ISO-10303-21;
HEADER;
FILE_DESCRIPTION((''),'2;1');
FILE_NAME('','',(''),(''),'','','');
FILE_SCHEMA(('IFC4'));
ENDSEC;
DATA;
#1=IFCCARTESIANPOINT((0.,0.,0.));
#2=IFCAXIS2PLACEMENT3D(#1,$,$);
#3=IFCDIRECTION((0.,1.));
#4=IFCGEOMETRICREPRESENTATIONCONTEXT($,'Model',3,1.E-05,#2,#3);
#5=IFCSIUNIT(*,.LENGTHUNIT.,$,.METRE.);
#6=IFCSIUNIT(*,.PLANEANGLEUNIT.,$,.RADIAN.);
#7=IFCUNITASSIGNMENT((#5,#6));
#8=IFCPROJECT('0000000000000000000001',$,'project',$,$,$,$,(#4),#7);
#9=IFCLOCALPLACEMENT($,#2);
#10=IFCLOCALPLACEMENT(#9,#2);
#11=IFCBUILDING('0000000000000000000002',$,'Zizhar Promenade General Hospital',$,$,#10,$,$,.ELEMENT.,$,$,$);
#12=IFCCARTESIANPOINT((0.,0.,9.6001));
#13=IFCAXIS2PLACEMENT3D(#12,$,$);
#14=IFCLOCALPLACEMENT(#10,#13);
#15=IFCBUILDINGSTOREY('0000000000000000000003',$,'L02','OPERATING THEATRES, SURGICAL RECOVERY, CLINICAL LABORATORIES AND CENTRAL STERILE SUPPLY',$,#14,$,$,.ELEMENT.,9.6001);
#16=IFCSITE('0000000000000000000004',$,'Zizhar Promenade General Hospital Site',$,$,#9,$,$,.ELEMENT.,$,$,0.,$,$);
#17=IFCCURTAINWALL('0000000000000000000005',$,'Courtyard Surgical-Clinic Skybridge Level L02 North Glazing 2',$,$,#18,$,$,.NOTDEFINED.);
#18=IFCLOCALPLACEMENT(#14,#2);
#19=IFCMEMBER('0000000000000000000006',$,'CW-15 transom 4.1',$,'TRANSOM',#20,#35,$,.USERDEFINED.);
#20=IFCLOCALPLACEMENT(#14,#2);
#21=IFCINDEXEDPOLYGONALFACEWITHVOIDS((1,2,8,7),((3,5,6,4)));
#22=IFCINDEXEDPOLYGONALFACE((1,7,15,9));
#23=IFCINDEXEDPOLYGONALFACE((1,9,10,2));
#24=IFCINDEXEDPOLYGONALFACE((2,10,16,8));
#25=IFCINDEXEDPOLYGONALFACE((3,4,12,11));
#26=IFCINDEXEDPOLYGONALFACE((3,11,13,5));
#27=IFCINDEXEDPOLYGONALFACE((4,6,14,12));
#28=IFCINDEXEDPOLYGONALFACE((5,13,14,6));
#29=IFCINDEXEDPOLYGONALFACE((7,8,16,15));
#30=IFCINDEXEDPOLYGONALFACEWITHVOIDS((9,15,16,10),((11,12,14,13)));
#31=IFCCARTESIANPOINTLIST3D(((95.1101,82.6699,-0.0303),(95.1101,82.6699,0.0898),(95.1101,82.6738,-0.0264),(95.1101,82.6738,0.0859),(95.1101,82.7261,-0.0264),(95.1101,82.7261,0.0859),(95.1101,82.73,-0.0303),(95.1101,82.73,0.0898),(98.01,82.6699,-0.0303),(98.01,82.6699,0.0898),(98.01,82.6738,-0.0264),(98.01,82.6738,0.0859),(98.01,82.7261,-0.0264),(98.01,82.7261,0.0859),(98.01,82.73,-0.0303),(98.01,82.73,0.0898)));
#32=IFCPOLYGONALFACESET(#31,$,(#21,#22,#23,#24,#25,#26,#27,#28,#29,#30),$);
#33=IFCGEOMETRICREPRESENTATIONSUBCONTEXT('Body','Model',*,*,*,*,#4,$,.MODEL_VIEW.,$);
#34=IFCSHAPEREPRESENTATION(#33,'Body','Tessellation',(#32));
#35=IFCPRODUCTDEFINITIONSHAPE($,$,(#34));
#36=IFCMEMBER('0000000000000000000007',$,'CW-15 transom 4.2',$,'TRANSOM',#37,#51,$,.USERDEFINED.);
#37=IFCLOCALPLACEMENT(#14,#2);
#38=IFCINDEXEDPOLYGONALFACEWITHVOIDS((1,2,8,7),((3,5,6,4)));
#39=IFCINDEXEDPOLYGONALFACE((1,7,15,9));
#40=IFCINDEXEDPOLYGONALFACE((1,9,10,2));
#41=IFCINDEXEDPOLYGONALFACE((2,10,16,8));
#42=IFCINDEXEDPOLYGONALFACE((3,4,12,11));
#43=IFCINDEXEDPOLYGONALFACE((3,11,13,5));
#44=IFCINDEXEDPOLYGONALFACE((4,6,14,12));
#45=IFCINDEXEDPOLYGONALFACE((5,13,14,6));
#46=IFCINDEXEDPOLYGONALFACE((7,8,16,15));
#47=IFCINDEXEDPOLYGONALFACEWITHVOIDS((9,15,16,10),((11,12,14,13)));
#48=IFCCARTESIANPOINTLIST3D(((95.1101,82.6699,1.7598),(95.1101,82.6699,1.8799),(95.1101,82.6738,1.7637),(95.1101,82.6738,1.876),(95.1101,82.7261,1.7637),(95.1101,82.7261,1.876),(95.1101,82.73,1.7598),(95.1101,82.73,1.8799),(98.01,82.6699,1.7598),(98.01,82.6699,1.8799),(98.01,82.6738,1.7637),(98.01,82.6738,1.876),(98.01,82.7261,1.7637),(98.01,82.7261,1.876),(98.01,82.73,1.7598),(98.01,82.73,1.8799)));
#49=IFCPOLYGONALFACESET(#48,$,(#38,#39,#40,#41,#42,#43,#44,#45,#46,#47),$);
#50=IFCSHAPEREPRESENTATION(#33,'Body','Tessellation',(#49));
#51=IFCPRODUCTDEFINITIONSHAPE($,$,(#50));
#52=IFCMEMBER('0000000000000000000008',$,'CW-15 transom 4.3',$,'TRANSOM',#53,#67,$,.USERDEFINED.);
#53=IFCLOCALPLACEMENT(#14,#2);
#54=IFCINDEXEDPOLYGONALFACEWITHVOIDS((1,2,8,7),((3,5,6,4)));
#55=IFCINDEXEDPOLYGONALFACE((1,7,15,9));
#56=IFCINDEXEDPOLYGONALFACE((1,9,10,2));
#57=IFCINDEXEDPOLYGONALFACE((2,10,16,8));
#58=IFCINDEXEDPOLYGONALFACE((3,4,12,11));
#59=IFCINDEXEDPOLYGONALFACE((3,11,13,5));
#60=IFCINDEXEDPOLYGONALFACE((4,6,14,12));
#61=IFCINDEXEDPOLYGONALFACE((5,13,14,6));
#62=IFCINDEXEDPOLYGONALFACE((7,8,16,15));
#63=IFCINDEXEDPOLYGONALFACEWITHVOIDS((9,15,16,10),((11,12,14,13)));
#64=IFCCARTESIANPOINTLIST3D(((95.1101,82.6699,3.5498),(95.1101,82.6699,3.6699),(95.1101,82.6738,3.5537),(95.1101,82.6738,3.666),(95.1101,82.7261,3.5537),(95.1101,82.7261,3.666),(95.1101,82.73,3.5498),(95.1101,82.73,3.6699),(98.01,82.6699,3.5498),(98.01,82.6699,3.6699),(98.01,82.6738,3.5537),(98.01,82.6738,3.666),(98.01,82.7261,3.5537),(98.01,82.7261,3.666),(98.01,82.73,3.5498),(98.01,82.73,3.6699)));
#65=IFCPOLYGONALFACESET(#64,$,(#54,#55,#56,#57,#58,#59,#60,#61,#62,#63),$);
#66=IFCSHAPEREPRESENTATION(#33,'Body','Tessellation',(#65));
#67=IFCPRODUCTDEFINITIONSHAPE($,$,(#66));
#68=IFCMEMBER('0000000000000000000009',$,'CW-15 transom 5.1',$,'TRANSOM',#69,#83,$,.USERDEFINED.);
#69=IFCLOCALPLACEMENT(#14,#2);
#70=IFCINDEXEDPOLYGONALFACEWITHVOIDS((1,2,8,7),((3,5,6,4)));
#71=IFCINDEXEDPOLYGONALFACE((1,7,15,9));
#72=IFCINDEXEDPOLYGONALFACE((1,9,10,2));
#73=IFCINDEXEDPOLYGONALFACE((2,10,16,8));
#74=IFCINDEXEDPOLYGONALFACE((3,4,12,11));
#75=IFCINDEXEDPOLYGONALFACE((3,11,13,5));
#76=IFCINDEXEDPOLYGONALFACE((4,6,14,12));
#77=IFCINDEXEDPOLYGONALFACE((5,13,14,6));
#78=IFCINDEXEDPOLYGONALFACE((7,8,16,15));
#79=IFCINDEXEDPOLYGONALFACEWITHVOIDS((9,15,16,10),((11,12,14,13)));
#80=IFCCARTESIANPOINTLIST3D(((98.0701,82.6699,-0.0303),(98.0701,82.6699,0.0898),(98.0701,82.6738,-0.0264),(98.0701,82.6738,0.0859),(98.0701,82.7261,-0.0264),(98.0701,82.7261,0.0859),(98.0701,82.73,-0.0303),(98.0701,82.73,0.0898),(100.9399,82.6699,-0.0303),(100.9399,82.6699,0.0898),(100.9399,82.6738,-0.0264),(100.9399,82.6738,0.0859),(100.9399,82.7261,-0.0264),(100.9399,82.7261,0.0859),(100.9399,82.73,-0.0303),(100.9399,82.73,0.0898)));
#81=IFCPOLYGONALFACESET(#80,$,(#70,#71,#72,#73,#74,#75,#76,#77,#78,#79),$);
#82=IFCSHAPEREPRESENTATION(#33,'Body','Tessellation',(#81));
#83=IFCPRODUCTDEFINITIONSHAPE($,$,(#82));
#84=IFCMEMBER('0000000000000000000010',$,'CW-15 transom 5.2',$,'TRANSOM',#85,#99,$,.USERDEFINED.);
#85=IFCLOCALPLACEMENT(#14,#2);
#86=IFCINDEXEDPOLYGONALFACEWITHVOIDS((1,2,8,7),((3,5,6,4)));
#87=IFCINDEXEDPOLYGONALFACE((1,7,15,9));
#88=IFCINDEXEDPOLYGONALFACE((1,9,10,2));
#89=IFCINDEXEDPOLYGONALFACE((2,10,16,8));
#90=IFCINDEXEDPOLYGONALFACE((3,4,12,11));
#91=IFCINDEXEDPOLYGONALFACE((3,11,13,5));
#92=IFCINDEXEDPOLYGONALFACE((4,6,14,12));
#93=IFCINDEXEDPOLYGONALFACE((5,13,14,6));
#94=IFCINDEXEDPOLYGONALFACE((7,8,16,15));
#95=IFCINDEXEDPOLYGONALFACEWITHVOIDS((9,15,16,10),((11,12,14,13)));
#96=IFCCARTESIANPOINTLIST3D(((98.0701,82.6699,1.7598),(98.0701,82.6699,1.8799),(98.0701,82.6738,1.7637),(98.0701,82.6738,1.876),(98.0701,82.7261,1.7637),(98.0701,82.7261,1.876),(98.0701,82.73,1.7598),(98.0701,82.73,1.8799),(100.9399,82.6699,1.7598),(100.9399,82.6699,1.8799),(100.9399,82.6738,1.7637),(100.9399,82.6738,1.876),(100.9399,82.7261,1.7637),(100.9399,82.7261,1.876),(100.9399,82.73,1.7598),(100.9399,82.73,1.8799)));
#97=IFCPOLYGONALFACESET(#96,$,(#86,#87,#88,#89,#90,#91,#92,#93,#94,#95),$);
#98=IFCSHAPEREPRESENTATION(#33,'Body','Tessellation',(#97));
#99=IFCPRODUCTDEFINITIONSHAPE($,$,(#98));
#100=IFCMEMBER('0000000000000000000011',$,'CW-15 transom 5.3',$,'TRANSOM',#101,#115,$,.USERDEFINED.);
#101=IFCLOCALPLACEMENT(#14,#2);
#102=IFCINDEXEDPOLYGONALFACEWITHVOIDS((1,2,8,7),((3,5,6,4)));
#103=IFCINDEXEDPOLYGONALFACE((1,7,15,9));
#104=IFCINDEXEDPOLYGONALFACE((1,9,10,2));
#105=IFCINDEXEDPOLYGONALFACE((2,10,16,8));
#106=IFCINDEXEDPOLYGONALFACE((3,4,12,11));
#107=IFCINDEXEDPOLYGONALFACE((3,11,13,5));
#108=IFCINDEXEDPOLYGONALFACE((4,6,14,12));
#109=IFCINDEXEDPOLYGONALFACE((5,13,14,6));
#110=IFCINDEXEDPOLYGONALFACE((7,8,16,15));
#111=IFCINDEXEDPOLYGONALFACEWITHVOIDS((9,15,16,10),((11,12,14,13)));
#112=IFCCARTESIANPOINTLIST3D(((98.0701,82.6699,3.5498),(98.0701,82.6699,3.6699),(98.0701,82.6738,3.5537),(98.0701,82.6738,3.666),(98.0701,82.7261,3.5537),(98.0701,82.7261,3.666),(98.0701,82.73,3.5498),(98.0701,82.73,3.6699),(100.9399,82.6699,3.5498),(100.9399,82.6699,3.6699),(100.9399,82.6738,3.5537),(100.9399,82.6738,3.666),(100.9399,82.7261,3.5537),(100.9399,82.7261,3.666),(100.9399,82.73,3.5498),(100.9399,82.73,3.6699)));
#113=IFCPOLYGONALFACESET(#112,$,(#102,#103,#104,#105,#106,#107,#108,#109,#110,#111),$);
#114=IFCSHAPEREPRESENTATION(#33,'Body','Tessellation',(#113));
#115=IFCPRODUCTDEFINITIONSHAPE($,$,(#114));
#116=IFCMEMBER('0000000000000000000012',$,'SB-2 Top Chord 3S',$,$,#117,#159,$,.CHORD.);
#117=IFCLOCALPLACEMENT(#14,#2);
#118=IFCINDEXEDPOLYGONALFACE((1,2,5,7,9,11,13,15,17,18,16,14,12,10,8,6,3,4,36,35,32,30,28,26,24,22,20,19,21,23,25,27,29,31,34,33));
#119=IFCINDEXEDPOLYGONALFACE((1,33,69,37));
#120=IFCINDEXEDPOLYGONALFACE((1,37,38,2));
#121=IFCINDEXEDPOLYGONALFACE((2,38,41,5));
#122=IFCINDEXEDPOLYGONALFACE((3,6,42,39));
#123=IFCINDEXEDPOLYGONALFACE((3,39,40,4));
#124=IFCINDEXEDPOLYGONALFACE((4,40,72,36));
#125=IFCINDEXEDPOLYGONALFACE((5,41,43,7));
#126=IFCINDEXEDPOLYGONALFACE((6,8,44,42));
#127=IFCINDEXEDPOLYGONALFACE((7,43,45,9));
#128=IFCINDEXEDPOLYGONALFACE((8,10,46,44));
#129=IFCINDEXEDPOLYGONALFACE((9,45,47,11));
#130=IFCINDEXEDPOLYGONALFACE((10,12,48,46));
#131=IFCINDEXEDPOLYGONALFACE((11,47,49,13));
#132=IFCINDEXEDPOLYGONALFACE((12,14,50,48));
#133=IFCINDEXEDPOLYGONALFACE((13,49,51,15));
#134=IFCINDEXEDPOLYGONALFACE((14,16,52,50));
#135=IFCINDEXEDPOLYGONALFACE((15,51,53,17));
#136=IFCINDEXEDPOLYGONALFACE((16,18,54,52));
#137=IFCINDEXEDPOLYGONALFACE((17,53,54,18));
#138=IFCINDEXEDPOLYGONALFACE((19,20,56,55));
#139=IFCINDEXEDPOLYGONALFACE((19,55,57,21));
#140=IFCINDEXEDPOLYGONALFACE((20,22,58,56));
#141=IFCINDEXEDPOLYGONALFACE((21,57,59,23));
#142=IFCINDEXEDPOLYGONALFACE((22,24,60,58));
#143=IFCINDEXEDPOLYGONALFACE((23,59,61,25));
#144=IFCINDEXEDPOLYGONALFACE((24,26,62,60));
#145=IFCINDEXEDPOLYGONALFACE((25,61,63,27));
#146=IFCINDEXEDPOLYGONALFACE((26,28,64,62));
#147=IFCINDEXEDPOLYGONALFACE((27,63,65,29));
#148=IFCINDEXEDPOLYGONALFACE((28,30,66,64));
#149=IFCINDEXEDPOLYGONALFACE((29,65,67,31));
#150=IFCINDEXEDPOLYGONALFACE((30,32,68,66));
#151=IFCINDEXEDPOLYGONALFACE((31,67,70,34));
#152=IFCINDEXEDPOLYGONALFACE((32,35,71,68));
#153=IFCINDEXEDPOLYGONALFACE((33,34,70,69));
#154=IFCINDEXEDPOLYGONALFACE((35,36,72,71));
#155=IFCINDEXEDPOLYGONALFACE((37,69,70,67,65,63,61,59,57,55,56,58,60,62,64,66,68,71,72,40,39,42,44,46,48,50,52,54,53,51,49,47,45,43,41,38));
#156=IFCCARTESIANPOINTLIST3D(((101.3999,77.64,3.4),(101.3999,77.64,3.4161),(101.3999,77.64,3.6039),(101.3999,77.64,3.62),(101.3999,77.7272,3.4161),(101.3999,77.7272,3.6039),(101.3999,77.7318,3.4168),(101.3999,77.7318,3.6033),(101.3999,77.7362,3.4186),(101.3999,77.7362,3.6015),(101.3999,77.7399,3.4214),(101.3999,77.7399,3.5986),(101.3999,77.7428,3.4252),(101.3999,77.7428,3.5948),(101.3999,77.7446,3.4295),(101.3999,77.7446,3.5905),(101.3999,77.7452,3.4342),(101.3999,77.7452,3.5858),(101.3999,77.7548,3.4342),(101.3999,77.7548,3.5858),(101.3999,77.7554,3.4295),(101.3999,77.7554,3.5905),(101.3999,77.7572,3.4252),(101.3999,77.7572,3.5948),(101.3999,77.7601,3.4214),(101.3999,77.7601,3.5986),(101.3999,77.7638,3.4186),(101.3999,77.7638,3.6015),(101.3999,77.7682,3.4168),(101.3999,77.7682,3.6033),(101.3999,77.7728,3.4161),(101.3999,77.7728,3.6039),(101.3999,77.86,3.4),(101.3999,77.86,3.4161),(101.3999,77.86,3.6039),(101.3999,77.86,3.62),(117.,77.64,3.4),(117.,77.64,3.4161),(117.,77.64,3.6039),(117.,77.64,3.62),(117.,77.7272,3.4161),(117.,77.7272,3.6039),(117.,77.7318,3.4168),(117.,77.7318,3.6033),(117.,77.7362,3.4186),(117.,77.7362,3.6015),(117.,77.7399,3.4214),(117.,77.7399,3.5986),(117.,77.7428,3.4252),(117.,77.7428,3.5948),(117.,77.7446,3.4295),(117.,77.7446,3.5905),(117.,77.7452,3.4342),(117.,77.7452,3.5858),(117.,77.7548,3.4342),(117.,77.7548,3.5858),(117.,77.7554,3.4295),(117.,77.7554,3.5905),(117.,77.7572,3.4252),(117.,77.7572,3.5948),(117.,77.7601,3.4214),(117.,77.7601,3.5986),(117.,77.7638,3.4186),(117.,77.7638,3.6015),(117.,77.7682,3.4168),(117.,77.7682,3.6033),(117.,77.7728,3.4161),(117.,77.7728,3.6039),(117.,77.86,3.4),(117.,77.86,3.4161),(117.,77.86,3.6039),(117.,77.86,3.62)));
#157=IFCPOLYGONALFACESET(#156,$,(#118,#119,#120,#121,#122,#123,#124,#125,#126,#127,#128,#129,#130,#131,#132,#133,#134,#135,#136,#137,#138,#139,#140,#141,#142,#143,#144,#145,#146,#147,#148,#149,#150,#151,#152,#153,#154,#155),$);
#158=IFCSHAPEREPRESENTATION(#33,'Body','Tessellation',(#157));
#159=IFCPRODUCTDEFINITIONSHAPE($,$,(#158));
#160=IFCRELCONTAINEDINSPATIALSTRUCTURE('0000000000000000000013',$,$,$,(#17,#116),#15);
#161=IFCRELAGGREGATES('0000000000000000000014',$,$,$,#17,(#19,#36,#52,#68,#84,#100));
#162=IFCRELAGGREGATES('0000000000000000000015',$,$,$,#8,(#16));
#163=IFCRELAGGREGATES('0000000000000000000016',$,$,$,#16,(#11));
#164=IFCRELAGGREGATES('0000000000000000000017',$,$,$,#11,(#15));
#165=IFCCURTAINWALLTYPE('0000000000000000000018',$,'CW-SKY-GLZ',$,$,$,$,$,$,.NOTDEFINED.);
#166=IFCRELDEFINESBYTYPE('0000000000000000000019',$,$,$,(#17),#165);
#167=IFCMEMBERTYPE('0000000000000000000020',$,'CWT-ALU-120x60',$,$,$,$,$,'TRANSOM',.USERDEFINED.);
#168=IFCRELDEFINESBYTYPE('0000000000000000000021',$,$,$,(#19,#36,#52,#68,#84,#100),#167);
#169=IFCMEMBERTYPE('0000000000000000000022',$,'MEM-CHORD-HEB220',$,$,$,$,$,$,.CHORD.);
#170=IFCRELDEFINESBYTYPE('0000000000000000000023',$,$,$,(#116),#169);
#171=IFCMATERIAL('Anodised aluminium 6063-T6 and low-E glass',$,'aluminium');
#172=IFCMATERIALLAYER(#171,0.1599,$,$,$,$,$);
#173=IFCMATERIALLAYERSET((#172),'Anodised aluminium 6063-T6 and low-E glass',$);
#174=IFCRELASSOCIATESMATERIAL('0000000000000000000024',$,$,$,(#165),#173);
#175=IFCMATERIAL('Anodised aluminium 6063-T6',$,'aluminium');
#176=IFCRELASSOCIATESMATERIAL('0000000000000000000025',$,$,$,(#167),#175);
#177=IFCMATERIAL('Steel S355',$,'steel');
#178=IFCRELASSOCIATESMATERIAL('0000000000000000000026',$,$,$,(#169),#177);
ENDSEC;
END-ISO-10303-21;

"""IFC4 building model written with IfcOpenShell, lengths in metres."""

from ifc_helpers import new_model, si_unit, direction, frame, origin, origin_2d, place, context, subcontext, project, spatial, hollow_rectangle, i_section, extrude, material, layer, layer_set, material_profile, profile_set, type_object, element, aggregate, save


model = new_model("IFC4")

# Units and contexts
model_context = context("Model", 3, precision=1e-05, world=origin(), true_north=direction((0.0, 1.0)))
body_context = subcontext(model_context, "Body", "Model", "MODEL_VIEW")
ifc_project = project(units=[si_unit("LENGTHUNIT", "METRE"), si_unit("PLANEANGLEUNIT", "RADIAN")], contexts=[model_context])

# Site, building, storey
site_placement = place(None, origin())
site = spatial("IfcSite", under=ifc_project, at=site_placement, Name="Zizhar Promenade General Hospital Site", CompositionType="ELEMENT", RefElevation=0.0)
building_placement = place(site_placement, origin())
building = spatial("IfcBuilding", under=site, at=building_placement, Name="Zizhar Promenade General Hospital", CompositionType="ELEMENT")
storey_placement = place(building_placement, frame((0.0, 0.0, 9.6001)))
storey = spatial("IfcBuildingStorey", under=building, at=storey_placement, Name="L02", Description="OPERATING THEATRES, SURGICAL RECOVERY, CLINICAL LABORATORIES AND CENTRAL STERILE SUPPLY", CompositionType="ELEMENT", Elevation=9.6001)

# Curtain wall, members
ifc_material_1 = material(Name="Anodised aluminium 6063-T6 and low-E glass", Category="aluminium")
ifc_layer_1 = layer(ifc_material_1, 0.1599)
ifc_layer_set_1 = layer_set([ifc_layer_1], Name="Anodised aluminium 6063-T6 and low-E glass")
curtain_wall_type = type_object("IfcCurtainWallType", Name="CW-SKY-GLZ", PredefinedType="NOTDEFINED", material=ifc_layer_set_1)
curtain_wall_placement = place(storey_placement, origin())
curtain_wall = element("IfcCurtainWall", 1, at=curtain_wall_placement, inside=storey, type_object=curtain_wall_type, Name="Courtyard Surgical-Clinic Skybridge Level L02 North Glazing 2", PredefinedType="NOTDEFINED")
ifc_material_2 = material(Name="Anodised aluminium 6063-T6", Category="aluminium")
ifc_material_profile_1 = material_profile(ifc_material_2, hollow_rectangle(XDim=0.0601, YDim=0.1201, WallThickness=0.0039, at=origin_2d()))
ifc_profile_set_1 = profile_set([ifc_material_profile_1], Name="Anodised aluminium 6063-T6")
member_type_1 = type_object("IfcMemberType", Name="CWT-ALU-120x60", ElementType="TRANSOM", PredefinedType="USERDEFINED", material=ifc_profile_set_1)
member_1_placement = place(storey_placement, frame((95.1101, 82.7, 0.0298), z_axis=(1.0, 0.0, 0.0), x_axis=(0.0, 1.0, 0.0)))
member_1 = element("IfcMember", 2, at=member_1_placement, type_object=member_type_1, Name="CW-15 transom 4.1", ObjectType="TRANSOM", PredefinedType="USERDEFINED", context=body_context, shape_type="SweptSolid", body=[
    extrude(hollow_rectangle(XDim=0.0601, YDim=0.1201, WallThickness=0.0039, at=origin_2d()), origin(), (0.0, 0.0, 1.0), 2.8999),
])
member_2_placement = place(storey_placement, frame((95.1101, 82.7, 1.8198), z_axis=(1.0, 0.0, 0.0), x_axis=(0.0, 1.0, 0.0)))
member_2 = element("IfcMember", 3, at=member_2_placement, type_object=member_type_1, Name="CW-15 transom 4.2", ObjectType="TRANSOM", PredefinedType="USERDEFINED", context=body_context, shape_type="SweptSolid", body=[
    extrude(hollow_rectangle(XDim=0.0601, YDim=0.1201, WallThickness=0.0039, at=origin_2d()), origin(), (0.0, 0.0, 1.0), 2.8999),
])
member_3_placement = place(storey_placement, frame((95.1101, 82.7, 3.6099), z_axis=(1.0, 0.0, 0.0), x_axis=(0.0, 1.0, 0.0)))
member_3 = element("IfcMember", 4, at=member_3_placement, type_object=member_type_1, Name="CW-15 transom 4.3", ObjectType="TRANSOM", PredefinedType="USERDEFINED", context=body_context, shape_type="SweptSolid", body=[
    extrude(hollow_rectangle(XDim=0.0601, YDim=0.1201, WallThickness=0.0039, at=origin_2d()), origin(), (0.0, 0.0, 1.0), 2.8999),
])
member_4_placement = place(storey_placement, frame((98.0701, 82.7, 0.0298), z_axis=(1.0, 0.0, 0.0), x_axis=(0.0, 1.0, 0.0)))
member_4 = element("IfcMember", 5, at=member_4_placement, type_object=member_type_1, Name="CW-15 transom 5.1", ObjectType="TRANSOM", PredefinedType="USERDEFINED", context=body_context, shape_type="SweptSolid", body=[
    extrude(hollow_rectangle(XDim=0.0601, YDim=0.1201, WallThickness=0.0039, at=origin_2d()), origin(), (0.0, 0.0, 1.0), 2.8699),
])
member_5_placement = place(storey_placement, frame((98.0701, 82.7, 1.8198), z_axis=(1.0, 0.0, 0.0), x_axis=(0.0, 1.0, 0.0)))
member_5 = element("IfcMember", 6, at=member_5_placement, type_object=member_type_1, Name="CW-15 transom 5.2", ObjectType="TRANSOM", PredefinedType="USERDEFINED", context=body_context, shape_type="SweptSolid", body=[
    extrude(hollow_rectangle(XDim=0.0601, YDim=0.1201, WallThickness=0.0039, at=origin_2d()), origin(), (0.0, 0.0, 1.0), 2.8699),
])
member_6_placement = place(storey_placement, frame((98.0701, 82.7, 3.6099), z_axis=(1.0, 0.0, 0.0), x_axis=(0.0, 1.0, 0.0)))
member_6 = element("IfcMember", 7, at=member_6_placement, type_object=member_type_1, Name="CW-15 transom 5.3", ObjectType="TRANSOM", PredefinedType="USERDEFINED", context=body_context, shape_type="SweptSolid", body=[
    extrude(hollow_rectangle(XDim=0.0601, YDim=0.1201, WallThickness=0.0039, at=origin_2d()), origin(), (0.0, 0.0, 1.0), 2.8699),
])

# Member
ifc_material_3 = material(Name="Steel S355", Category="steel")
ifc_material_profile_2 = material_profile(ifc_material_3, i_section(OverallWidth=0.22, OverallDepth=0.22, WebThickness=0.0095, FlangeThickness=0.0161, FilletRadius=0.0181, at=origin_2d()))
ifc_profile_set_2 = profile_set([ifc_material_profile_2], Name="Steel S355")
member_type_2 = type_object("IfcMemberType", Name="MEM-CHORD-HEB220", PredefinedType="CHORD", material=ifc_profile_set_2)
for number, where, z_axis, x_axis, name in (
    (8, (101.3999, 77.75, 3.51), (1.0, 0.0, 0.0), (0.0, 1.0, 0.0), "SB-2 Top Chord 3S"),
):
    element("IfcMember", number, at=place(storey_placement, frame(where, z_axis=z_axis, x_axis=x_axis)), inside=storey, type_object=member_type_2, Name=name, PredefinedType="CHORD", context=body_context, shape_type="SweptSolid", body=[
        extrude(i_section(OverallWidth=0.22, OverallDepth=0.22, WebThickness=0.0095, FlangeThickness=0.0161, FilletRadius=0.0181, at=origin_2d()), origin(), (0.0, 0.0, 1.0), 15.6001),
    ])

aggregate(curtain_wall, [member_1, member_2, member_3, member_4, member_5, member_6])

save(model, "model.ifc")
